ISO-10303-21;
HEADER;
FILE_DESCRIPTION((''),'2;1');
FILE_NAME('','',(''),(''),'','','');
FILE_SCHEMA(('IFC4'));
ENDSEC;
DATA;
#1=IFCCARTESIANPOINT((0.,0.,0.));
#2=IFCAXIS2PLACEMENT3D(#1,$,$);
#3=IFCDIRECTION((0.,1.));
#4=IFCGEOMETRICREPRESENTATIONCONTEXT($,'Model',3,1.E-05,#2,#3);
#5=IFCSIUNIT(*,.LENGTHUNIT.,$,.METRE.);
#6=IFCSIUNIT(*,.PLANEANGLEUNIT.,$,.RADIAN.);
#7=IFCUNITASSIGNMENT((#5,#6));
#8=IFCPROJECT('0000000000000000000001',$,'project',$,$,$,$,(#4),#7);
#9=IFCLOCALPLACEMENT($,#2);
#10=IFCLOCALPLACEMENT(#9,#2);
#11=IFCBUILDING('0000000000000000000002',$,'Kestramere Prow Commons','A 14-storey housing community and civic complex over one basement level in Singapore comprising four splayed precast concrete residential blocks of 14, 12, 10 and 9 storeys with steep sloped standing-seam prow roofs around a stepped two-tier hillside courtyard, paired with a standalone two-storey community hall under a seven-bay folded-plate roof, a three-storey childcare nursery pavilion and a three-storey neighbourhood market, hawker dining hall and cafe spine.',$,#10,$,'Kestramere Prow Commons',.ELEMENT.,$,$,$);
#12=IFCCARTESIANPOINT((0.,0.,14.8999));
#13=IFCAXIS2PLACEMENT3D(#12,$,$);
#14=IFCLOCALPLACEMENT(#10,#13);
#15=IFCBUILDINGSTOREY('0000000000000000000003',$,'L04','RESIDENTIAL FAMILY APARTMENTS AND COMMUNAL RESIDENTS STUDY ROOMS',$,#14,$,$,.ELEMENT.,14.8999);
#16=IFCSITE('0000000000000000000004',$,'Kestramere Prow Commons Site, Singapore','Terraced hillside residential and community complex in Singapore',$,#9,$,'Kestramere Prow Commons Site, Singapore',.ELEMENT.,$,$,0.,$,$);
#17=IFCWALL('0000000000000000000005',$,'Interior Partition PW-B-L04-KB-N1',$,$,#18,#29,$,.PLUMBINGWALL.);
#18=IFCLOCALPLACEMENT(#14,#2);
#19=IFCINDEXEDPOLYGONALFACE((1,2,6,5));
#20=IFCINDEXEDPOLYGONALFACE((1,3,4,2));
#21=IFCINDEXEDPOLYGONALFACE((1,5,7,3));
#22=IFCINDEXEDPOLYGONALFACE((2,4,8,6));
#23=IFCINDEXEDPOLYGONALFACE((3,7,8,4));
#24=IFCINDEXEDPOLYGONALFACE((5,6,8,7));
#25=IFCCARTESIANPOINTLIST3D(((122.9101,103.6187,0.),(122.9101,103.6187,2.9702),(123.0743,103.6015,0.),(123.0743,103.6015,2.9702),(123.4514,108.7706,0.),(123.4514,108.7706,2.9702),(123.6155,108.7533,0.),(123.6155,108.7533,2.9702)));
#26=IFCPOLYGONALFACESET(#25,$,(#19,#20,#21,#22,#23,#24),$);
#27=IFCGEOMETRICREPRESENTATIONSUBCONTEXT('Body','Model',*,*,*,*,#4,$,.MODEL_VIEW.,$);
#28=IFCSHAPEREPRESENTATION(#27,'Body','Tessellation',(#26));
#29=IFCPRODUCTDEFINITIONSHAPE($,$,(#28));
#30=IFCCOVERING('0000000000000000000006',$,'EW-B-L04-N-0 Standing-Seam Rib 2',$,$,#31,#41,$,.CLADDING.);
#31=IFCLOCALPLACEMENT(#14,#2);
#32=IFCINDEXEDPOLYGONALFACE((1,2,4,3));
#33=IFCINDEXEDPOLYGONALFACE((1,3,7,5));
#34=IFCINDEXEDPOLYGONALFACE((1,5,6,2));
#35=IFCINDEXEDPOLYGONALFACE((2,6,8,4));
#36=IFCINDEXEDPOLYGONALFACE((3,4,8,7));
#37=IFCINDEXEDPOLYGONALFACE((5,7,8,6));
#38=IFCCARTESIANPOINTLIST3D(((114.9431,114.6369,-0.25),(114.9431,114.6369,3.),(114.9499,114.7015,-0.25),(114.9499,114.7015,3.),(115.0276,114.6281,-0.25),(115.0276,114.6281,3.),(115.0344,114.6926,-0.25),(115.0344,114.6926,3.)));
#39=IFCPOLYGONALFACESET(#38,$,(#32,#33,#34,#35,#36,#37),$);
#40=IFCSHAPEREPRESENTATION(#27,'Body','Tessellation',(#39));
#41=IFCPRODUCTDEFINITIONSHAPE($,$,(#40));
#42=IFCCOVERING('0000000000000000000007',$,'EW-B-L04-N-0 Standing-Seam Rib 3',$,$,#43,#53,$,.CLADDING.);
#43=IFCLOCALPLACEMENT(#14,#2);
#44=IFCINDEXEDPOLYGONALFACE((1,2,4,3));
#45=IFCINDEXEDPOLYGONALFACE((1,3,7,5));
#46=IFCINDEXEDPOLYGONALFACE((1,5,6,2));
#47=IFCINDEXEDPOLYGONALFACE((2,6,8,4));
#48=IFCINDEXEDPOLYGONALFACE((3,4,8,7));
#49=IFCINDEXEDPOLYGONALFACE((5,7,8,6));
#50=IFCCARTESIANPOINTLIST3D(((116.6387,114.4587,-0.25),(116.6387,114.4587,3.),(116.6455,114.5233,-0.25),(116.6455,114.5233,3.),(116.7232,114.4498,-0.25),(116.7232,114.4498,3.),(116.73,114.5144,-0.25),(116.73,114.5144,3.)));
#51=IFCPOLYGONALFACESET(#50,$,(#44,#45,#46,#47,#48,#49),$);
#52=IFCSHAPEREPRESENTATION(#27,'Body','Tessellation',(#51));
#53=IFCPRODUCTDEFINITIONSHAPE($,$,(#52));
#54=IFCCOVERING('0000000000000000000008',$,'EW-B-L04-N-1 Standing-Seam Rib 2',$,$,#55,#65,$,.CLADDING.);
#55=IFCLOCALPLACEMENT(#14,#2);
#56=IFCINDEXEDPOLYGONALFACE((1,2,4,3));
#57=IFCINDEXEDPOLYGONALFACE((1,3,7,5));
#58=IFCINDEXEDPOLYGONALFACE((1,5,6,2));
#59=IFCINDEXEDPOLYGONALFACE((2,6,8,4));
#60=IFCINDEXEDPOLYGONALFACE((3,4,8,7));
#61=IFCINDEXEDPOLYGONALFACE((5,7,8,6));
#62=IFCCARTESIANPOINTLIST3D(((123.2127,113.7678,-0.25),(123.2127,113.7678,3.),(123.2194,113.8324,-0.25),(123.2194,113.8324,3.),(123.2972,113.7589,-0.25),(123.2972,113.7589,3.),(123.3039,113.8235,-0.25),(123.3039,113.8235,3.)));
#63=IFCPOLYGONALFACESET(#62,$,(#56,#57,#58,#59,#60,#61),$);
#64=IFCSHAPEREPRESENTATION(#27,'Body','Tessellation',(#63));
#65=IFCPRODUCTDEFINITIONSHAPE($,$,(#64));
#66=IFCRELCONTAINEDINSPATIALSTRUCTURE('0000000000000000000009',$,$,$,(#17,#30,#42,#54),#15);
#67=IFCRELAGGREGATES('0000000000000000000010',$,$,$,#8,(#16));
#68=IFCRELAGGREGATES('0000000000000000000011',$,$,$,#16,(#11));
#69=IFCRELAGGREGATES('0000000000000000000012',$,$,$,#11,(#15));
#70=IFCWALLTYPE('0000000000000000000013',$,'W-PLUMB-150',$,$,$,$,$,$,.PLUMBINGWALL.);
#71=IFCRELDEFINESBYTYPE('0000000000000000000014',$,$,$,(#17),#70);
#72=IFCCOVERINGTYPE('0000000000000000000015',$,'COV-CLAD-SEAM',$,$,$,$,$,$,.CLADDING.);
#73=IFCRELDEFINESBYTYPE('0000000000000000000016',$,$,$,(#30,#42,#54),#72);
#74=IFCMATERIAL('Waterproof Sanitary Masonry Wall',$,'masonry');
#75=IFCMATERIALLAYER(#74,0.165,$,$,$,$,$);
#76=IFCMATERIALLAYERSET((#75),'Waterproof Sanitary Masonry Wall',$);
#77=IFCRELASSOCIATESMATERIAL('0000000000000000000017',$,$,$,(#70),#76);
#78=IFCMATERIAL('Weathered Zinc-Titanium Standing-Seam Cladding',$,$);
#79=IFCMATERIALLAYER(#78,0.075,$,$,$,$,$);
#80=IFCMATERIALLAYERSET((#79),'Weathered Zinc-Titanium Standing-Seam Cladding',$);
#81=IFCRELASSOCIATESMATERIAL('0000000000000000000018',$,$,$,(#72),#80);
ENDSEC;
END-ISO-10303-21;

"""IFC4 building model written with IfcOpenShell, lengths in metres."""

from ifc_helpers import new_model, si_unit, direction, frame, frame_2d, origin, origin_2d, place, context, subcontext, project, spatial, rectangle, extrude, material, layer, layer_set, type_object, element, save


model = new_model("IFC4")

# Units and contexts
model_context = context("Model", 3, precision=1e-05, world=origin(), true_north=direction((0.0, 1.0)))
body_context = subcontext(model_context, "Body", "Model", "MODEL_VIEW")
ifc_project = project(units=[si_unit("LENGTHUNIT", "METRE"), si_unit("PLANEANGLEUNIT", "RADIAN")], contexts=[model_context])

# Site, building, storey
site_placement = place(None, origin())
site = spatial("IfcSite", under=ifc_project, at=site_placement, Name="Kestramere Prow Commons Site, Singapore", Description="Terraced hillside residential and community complex in Singapore", LongName="Kestramere Prow Commons Site, Singapore", CompositionType="ELEMENT", RefElevation=0.0)
building_placement = place(site_placement, origin())
building = spatial("IfcBuilding", under=site, at=building_placement, Name="Kestramere Prow Commons", Description="A 14-storey housing community and civic complex over one basement level in Singapore comprising four splayed precast concrete residential blocks of 14, 12, 10 and 9 storeys with steep sloped standing-seam prow roofs around a stepped two-tier hillside courtyard, paired with a standalone two-storey community hall under a seven-bay folded-plate roof, a three-storey childcare nursery pavilion and a three-storey neighbourhood market, hawker dining hall and cafe spine.", LongName="Kestramere Prow Commons", CompositionType="ELEMENT")
storey_placement = place(building_placement, frame((0.0, 0.0, 14.8999)))
storey = spatial("IfcBuildingStorey", under=building, at=storey_placement, Name="L04", Description="RESIDENTIAL FAMILY APARTMENTS AND COMMUNAL RESIDENTS STUDY ROOMS", CompositionType="ELEMENT", Elevation=14.8999)

# Shared definitions
ifc_material_1 = material(Name="Waterproof Sanitary Masonry Wall", Category="masonry")
ifc_layer_1 = layer(ifc_material_1, 0.165)
ifc_layer_set_1 = layer_set([ifc_layer_1], Name="Waterproof Sanitary Masonry Wall")
wall_type_1 = type_object("IfcWallType", Name="W-PLUMB-150", PredefinedType="PLUMBINGWALL", material=ifc_layer_set_1)

# Wall
wall_1_placement = place(storey_placement, frame((122.9922, 103.6101, 0.0), z_axis=(0.0, 0.0, 1.0), x_axis=(0.104486, 0.994526, 0.0)))
element("IfcWall", 1, at=wall_1_placement, inside=storey, type_object=wall_type_1, Name="Interior Partition PW-B-L04-KB-N1", PredefinedType="PLUMBINGWALL", context=body_context, shape_type="SweptSolid", body=[
    extrude(rectangle(XDim=5.1802, YDim=0.165, at=frame_2d((2.5901, 0.0))), origin(), (0.0, 0.0, 1.0), 2.9702),
])

# Coverings
ifc_material_2 = material(Name="Weathered Zinc-Titanium Standing-Seam Cladding")
ifc_layer_2 = layer(ifc_material_2, 0.075)
ifc_layer_set_2 = layer_set([ifc_layer_2], Name="Weathered Zinc-Titanium Standing-Seam Cladding")
covering_type = type_object("IfcCoveringType", Name="COV-CLAD-SEAM", PredefinedType="CLADDING", material=ifc_layer_set_2)
for number, where, z_axis, x_axis, name in (
    (2, (114.9888, 114.6648, -0.25), (0.0, 0.0, 1.0), (0.994522, -0.104528, 0.0), "EW-B-L04-N-0 Standing-Seam Rib 2"),
    (3, (116.6843, 114.4866, -0.25), (0.0, 0.0, 1.0), (0.994522, -0.104528, 0.0), "EW-B-L04-N-0 Standing-Seam Rib 3"),
    (4, (123.2583, 113.7957, -0.25), (0.0, 0.0, 1.0), (0.994522, -0.104528, 0.0), "EW-B-L04-N-1 Standing-Seam Rib 2"),
):
    element("IfcCovering", number, at=place(storey_placement, frame(where, z_axis=z_axis, x_axis=x_axis)), inside=storey, type_object=covering_type, Name=name, PredefinedType="CLADDING", context=body_context, shape_type="SweptSolid", body=[
        extrude(rectangle(XDim=0.085, YDim=0.0649, at=origin_2d()), origin(), (0.0, 0.0, 1.0), 3.25),
    ])

save(model, "model.ifc")
